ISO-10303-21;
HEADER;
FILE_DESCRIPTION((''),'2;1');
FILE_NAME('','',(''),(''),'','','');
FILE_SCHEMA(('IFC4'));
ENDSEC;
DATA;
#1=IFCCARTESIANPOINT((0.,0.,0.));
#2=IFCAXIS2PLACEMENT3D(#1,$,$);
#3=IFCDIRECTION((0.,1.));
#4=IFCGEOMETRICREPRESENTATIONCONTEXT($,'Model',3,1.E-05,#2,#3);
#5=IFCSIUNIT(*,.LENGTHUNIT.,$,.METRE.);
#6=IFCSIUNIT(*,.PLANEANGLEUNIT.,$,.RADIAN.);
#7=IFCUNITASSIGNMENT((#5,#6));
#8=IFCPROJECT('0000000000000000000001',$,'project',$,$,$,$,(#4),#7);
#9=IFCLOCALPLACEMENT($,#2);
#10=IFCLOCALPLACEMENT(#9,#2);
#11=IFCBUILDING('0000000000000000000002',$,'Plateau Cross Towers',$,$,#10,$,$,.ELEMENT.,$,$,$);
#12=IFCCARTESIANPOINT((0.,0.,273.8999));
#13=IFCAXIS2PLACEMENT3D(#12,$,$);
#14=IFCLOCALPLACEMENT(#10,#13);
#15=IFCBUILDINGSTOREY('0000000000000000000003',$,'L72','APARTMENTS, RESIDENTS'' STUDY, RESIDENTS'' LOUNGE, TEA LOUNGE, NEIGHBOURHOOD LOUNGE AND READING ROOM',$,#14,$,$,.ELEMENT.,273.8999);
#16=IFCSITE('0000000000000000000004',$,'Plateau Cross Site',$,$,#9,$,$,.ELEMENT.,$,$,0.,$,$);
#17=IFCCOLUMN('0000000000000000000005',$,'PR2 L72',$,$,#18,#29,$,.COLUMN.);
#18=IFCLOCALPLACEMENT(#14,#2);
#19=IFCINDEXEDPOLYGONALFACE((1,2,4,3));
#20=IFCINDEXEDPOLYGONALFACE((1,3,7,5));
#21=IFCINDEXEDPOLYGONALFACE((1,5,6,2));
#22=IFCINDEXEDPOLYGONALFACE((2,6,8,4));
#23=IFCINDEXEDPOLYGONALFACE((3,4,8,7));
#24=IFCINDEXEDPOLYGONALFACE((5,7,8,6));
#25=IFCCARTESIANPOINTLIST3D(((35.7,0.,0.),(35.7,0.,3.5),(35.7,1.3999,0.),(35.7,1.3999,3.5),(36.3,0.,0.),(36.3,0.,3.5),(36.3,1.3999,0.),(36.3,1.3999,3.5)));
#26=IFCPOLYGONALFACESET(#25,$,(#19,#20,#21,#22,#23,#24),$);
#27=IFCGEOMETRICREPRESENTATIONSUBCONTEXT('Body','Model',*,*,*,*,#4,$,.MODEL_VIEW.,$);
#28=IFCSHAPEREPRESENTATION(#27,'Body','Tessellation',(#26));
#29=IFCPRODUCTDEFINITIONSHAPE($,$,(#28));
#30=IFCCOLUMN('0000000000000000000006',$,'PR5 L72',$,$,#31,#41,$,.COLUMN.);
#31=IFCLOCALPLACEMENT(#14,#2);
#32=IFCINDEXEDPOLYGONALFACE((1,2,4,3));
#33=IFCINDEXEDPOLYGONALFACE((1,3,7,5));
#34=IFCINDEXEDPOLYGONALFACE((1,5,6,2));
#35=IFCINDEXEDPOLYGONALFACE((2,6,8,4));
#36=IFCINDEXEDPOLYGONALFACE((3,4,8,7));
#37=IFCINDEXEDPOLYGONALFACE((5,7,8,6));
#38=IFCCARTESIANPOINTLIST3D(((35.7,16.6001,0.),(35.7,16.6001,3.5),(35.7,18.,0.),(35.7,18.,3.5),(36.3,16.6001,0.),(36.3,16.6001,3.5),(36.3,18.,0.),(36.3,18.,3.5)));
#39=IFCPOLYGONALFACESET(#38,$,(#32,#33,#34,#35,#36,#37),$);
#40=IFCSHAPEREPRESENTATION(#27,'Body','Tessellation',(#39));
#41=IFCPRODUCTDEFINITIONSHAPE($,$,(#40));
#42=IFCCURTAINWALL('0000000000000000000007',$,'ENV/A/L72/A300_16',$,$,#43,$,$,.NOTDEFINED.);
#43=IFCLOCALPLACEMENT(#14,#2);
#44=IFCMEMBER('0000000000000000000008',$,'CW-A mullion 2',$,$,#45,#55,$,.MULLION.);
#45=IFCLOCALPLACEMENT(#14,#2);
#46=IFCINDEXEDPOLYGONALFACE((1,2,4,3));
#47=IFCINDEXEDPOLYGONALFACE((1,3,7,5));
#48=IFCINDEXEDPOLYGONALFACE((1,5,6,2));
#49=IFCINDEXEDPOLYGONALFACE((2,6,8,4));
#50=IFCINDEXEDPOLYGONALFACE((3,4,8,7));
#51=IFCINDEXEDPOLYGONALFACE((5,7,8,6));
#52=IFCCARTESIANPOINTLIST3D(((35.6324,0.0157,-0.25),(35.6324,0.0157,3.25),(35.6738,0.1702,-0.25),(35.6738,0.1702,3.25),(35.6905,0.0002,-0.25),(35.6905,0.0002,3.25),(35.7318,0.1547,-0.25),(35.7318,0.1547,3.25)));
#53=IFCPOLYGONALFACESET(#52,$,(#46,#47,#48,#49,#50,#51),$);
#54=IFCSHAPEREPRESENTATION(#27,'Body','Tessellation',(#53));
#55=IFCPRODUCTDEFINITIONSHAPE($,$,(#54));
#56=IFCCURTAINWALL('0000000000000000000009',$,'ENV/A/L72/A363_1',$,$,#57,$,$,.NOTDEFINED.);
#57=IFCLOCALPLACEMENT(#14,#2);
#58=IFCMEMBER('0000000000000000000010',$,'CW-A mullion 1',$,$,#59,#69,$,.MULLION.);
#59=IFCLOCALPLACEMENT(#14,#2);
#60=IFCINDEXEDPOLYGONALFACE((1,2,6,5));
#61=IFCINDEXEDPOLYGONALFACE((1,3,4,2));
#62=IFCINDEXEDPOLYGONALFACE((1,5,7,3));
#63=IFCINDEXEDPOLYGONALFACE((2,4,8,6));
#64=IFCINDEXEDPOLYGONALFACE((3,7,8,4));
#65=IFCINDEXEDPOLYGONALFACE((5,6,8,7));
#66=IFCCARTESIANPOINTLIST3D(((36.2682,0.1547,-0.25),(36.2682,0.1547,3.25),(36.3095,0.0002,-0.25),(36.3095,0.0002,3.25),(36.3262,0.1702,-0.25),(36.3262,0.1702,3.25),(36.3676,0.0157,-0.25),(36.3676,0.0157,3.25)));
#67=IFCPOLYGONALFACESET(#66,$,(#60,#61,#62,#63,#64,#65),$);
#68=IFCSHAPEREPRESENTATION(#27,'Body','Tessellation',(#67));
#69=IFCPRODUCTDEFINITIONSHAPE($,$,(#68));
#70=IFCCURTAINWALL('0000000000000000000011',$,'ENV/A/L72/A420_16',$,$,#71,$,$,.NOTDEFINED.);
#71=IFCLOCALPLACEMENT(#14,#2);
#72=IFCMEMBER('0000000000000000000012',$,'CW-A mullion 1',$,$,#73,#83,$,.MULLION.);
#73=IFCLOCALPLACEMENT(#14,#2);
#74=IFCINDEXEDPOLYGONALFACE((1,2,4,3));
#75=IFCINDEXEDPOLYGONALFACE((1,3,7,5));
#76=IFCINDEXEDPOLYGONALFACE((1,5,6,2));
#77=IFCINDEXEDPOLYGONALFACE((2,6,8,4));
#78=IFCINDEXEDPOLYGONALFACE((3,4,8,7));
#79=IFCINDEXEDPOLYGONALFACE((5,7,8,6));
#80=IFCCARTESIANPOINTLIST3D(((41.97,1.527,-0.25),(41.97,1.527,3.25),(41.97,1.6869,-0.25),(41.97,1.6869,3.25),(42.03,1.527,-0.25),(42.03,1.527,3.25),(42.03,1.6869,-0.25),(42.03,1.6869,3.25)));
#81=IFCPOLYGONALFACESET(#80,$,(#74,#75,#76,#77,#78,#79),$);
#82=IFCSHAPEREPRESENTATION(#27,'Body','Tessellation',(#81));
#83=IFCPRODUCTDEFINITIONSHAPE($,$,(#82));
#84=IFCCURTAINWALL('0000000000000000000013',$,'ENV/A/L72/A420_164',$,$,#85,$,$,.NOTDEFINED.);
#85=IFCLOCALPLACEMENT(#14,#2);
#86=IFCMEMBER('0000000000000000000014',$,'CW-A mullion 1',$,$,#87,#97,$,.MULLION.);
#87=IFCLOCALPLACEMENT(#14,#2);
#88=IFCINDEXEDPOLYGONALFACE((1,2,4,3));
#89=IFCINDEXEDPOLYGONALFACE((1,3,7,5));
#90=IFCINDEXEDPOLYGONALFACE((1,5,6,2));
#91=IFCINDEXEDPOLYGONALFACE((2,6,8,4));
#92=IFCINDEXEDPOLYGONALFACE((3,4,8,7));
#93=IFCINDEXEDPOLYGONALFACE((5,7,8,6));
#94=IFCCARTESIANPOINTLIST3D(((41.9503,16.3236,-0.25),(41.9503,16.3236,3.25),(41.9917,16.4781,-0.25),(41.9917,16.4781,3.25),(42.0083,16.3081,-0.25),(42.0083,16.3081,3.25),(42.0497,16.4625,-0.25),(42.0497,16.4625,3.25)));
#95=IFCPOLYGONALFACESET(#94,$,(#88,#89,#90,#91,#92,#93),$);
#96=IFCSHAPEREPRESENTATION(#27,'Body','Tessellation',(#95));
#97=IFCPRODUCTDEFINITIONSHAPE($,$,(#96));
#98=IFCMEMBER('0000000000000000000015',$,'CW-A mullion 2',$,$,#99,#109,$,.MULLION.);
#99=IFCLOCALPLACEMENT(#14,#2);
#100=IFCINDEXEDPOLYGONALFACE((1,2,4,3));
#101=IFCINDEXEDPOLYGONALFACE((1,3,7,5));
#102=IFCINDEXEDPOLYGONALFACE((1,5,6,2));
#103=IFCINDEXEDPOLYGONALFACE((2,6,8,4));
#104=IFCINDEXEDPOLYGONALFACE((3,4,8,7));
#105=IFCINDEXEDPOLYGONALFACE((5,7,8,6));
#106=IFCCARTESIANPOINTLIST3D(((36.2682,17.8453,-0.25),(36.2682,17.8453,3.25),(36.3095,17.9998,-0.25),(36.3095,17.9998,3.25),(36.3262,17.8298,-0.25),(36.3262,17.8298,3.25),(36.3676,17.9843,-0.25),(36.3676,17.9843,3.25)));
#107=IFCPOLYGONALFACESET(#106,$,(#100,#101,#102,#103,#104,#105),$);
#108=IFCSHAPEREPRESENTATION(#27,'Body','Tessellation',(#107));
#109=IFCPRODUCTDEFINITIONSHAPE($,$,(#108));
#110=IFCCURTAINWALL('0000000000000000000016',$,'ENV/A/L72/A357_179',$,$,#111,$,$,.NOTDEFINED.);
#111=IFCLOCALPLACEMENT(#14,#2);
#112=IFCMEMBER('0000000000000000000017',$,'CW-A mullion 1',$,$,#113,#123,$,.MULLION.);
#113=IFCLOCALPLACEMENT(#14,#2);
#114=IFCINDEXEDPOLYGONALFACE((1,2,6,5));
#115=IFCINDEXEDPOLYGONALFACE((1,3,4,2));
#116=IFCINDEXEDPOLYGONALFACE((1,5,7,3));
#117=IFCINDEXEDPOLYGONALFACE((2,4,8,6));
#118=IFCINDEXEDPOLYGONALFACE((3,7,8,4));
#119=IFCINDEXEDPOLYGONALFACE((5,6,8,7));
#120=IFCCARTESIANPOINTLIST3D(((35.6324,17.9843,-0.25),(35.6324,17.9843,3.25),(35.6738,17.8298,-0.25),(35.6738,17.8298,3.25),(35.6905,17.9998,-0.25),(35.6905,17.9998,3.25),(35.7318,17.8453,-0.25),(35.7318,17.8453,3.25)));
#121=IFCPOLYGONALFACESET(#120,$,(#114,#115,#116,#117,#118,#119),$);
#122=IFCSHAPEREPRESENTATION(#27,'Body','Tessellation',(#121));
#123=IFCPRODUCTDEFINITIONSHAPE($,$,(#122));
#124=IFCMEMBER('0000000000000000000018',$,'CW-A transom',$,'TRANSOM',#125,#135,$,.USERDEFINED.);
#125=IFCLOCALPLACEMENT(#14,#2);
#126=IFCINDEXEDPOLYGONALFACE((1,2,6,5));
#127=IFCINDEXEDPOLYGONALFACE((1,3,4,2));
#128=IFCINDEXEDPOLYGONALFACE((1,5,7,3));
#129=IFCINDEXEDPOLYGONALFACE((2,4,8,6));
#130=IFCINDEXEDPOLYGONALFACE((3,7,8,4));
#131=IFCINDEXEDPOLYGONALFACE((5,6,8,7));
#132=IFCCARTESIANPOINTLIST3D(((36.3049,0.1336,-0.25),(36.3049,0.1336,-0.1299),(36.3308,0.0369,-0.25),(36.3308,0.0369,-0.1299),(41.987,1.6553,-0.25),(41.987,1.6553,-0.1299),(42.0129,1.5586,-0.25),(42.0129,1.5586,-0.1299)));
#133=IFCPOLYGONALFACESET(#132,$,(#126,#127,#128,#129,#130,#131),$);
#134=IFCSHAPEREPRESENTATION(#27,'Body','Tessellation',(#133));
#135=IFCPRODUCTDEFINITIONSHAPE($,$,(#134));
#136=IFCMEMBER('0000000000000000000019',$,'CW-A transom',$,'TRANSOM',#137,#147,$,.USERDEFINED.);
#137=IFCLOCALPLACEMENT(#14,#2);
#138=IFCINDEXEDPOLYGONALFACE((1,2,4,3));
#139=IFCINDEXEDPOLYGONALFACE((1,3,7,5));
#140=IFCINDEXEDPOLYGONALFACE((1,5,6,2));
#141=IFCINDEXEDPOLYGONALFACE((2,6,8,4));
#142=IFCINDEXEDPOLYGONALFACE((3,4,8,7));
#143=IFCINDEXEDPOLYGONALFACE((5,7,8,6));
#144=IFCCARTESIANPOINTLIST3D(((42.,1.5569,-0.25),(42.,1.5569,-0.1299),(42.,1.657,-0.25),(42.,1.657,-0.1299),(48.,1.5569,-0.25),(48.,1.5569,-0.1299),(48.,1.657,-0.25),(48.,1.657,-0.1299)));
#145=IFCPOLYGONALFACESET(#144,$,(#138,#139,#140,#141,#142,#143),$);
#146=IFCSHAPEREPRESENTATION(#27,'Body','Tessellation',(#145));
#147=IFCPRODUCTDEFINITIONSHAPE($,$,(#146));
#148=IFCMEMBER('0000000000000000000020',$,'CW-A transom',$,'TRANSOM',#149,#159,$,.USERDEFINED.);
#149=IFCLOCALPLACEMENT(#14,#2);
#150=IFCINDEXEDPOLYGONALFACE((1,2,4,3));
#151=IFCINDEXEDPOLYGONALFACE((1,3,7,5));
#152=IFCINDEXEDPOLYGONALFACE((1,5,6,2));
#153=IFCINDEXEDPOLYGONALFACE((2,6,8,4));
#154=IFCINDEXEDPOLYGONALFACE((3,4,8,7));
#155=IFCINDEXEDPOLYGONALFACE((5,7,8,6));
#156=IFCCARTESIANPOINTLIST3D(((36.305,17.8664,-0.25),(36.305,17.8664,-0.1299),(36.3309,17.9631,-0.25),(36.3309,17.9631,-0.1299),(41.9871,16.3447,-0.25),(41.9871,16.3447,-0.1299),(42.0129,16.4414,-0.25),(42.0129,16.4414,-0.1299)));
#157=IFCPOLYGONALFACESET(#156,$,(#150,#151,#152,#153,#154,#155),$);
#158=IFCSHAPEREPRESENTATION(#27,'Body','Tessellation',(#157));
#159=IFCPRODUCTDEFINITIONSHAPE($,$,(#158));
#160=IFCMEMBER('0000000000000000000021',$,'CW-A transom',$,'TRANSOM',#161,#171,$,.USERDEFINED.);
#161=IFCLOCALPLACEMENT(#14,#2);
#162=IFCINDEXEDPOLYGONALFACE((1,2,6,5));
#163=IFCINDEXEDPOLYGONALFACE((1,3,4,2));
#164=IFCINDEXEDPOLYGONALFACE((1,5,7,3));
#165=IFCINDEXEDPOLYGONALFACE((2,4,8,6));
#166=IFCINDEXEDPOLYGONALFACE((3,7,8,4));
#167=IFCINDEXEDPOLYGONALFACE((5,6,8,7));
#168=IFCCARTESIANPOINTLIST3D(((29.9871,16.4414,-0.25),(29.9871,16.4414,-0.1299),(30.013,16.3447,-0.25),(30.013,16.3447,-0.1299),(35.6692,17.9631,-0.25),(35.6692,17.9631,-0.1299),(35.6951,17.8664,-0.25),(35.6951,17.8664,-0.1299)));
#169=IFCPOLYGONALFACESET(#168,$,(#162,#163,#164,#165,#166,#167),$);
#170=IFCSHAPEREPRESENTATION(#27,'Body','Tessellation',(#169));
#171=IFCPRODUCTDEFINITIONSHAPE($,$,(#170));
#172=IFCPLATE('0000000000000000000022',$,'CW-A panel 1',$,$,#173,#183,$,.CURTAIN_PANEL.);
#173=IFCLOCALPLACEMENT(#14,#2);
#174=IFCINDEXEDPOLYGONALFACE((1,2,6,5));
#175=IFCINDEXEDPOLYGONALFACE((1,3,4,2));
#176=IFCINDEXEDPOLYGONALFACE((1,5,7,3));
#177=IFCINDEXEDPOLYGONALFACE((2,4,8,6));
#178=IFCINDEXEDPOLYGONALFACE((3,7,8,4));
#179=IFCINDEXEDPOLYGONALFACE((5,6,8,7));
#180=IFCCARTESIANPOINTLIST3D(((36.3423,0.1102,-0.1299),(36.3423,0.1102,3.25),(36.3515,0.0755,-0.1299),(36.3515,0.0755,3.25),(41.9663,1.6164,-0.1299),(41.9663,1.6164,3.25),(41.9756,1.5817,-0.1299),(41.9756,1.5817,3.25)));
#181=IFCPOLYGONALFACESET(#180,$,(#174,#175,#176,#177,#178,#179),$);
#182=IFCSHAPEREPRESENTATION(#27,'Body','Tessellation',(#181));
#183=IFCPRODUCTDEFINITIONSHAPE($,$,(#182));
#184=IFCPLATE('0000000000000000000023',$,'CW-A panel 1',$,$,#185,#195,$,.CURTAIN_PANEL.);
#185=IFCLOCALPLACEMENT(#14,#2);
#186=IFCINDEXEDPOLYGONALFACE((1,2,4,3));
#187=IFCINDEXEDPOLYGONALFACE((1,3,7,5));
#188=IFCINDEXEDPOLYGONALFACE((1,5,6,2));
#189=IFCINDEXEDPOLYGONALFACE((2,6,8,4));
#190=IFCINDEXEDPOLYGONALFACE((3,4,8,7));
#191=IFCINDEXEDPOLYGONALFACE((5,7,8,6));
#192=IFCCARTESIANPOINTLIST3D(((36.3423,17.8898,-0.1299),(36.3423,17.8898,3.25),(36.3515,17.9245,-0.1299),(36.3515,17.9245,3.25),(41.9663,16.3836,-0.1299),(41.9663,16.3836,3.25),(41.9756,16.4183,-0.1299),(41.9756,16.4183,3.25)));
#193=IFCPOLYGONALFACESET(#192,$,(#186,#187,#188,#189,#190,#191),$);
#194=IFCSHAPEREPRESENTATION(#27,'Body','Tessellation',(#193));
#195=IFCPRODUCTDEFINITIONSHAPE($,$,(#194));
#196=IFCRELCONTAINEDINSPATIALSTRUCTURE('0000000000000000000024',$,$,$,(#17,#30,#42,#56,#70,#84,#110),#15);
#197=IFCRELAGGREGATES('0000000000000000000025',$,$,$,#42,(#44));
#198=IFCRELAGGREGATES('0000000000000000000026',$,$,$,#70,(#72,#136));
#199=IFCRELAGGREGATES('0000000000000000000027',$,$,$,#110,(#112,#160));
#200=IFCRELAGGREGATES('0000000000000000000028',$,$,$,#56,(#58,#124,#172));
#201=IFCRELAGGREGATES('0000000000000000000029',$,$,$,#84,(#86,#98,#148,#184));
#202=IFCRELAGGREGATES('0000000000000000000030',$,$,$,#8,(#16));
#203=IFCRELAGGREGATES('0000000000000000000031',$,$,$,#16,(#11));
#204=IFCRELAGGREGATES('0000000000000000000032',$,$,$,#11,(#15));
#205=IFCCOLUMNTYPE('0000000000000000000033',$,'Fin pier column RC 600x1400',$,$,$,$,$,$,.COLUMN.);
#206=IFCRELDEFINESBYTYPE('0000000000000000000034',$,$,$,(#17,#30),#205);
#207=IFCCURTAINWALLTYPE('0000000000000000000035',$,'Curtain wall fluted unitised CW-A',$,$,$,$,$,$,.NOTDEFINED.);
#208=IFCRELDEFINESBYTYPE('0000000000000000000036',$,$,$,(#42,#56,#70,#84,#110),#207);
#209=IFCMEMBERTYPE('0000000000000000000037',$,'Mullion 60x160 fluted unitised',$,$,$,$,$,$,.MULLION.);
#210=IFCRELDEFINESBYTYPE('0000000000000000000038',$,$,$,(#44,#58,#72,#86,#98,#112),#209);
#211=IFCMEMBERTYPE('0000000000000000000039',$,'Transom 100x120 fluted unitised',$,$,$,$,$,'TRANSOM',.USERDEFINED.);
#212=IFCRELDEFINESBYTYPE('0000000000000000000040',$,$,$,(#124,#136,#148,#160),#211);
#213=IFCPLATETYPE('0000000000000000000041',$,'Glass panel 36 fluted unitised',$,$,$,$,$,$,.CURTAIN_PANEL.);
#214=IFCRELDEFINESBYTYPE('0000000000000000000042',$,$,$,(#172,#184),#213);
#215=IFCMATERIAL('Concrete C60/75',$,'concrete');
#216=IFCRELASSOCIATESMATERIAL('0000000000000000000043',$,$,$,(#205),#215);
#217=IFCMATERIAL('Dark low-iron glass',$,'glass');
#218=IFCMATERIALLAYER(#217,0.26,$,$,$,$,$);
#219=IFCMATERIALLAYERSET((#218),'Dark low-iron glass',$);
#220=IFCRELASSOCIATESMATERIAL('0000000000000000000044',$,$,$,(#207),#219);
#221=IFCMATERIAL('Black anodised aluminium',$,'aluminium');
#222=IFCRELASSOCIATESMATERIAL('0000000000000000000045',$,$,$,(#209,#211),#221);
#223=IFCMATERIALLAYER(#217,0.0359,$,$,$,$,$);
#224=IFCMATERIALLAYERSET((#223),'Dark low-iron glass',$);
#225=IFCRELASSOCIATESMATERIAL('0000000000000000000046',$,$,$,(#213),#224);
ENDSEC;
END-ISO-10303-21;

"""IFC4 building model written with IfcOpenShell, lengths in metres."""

from ifc_helpers import new_model, si_unit, direction, frame, origin, origin_2d, place, context, subcontext, project, spatial, rectangle, extrude, material, layer, layer_set, material_profile, profile_set, type_object, element, aggregate, save


model = new_model("IFC4")

# Units and contexts
model_context = context("Model", 3, precision=1e-05, world=origin(), true_north=direction((0.0, 1.0)))
body_context = subcontext(model_context, "Body", "Model", "MODEL_VIEW")
ifc_project = project(units=[si_unit("LENGTHUNIT", "METRE"), si_unit("PLANEANGLEUNIT", "RADIAN")], contexts=[model_context])

# Site, building, storey
site_placement = place(None, origin())
site = spatial("IfcSite", under=ifc_project, at=site_placement, Name="Plateau Cross Site", CompositionType="ELEMENT", RefElevation=0.0)
building_placement = place(site_placement, origin())
building = spatial("IfcBuilding", under=site, at=building_placement, Name="Plateau Cross Towers", CompositionType="ELEMENT")
storey_placement = place(building_placement, frame((0.0, 0.0, 273.8999)))
storey = spatial("IfcBuildingStorey", under=building, at=storey_placement, Name="L72", Description="APARTMENTS, RESIDENTS' STUDY, RESIDENTS' LOUNGE, TEA LOUNGE, NEIGHBOURHOOD LOUNGE AND READING ROOM", CompositionType="ELEMENT", Elevation=273.8999)

# Columns
ifc_material_1 = material(Name="Concrete C60/75", Category="concrete")
ifc_material_profile_1 = material_profile(ifc_material_1, rectangle(XDim=0.6001, YDim=1.3999, at=origin_2d()), Name="RC 600x1400")
ifc_profile_set_1 = profile_set([ifc_material_profile_1], Name="Concrete C60/75")
column_type = type_object("IfcColumnType", Name="Fin pier column RC 600x1400", PredefinedType="COLUMN", material=ifc_profile_set_1)
for number, where, z_axis, x_axis, name in (
    (1, (36.0, 0.7, 0.0), (0.0, 0.0, 1.0), (1.0, 0.0, 0.0), "PR2 L72"),
    (2, (36.0, 17.3, 0.0), (0.0, 0.0, 1.0), (1.0, 0.0, 0.0), "PR5 L72"),
):
    element("IfcColumn", number, at=place(storey_placement, frame(where, z_axis=z_axis, x_axis=x_axis)), inside=storey, type_object=column_type, Name=name, PredefinedType="COLUMN", context=body_context, shape_type="SweptSolid", body=[
        extrude(rectangle(XDim=0.6001, YDim=1.3999, at=origin_2d()), origin(), (0.0, 0.0, 1.0), 3.5),
    ])

# Curtain walls, members
ifc_material_2 = material(Name="Dark low-iron glass", Category="glass")
ifc_layer_1 = layer(ifc_material_2, 0.26)
ifc_layer_set_1 = layer_set([ifc_layer_1], Name="Dark low-iron glass")
curtain_wall_type = type_object("IfcCurtainWallType", Name="Curtain wall fluted unitised CW-A", PredefinedType="NOTDEFINED", material=ifc_layer_set_1)
curtain_wall_1_placement = place(storey_placement, origin())
curtain_wall_1 = element("IfcCurtainWall", 3, at=curtain_wall_1_placement, inside=storey, type_object=curtain_wall_type, Name="ENV/A/L72/A300_16", PredefinedType="NOTDEFINED")
ifc_material_3 = material(Name="Black anodised aluminium", Category="aluminium")
ifc_material_profile_2 = material_profile(ifc_material_3, rectangle(XDim=0.0601, YDim=0.1599, at=origin_2d()), Name="MULLION 60x160")
ifc_profile_set_2 = profile_set([ifc_material_profile_2], Name="Black anodised aluminium")
member_type_1 = type_object("IfcMemberType", Name="Mullion 60x160 fluted unitised", PredefinedType="MULLION", material=ifc_profile_set_2)
member_1_placement = place(storey_placement, frame((35.6821, 0.0852, -0.25), z_axis=(0.0, 0.0, 1.0), x_axis=(0.965958, -0.258699, 0.0)))
member_1 = element("IfcMember", 4, at=member_1_placement, type_object=member_type_1, Name="CW-A mullion 2", PredefinedType="MULLION", context=body_context, shape_type="SweptSolid", body=[
    extrude(rectangle(XDim=0.0601, YDim=0.1599, at=origin_2d()), origin(), (0.0, 0.0, 1.0), 3.5),
])
aggregate(curtain_wall_1, [member_1])
curtain_wall_2_placement = place(storey_placement, origin())
curtain_wall_2 = element("IfcCurtainWall", 5, at=curtain_wall_2_placement, inside=storey, type_object=curtain_wall_type, Name="ENV/A/L72/A363_1", PredefinedType="NOTDEFINED")
member_2_placement = place(storey_placement, frame((36.3179, 0.0852, -0.25), z_axis=(0.0, 0.0, 1.0), x_axis=(0.965958, 0.258699, 0.0)))
member_2 = element("IfcMember", 6, at=member_2_placement, type_object=member_type_1, Name="CW-A mullion 1", PredefinedType="MULLION", context=body_context, shape_type="SweptSolid", body=[
    extrude(rectangle(XDim=0.0601, YDim=0.1599, at=origin_2d()), origin(), (0.0, 0.0, 1.0), 3.5),
])
curtain_wall_3_placement = place(storey_placement, origin())
curtain_wall_3 = element("IfcCurtainWall", 7, at=curtain_wall_3_placement, inside=storey, type_object=curtain_wall_type, Name="ENV/A/L72/A420_16", PredefinedType="NOTDEFINED")
member_3_placement = place(storey_placement, frame((42.0, 1.6069, -0.25), z_axis=(0.0, 0.0, 1.0), x_axis=(1.0, 0.0, 0.0)))
member_3 = element("IfcMember", 8, at=member_3_placement, type_object=member_type_1, Name="CW-A mullion 1", PredefinedType="MULLION", context=body_context, shape_type="SweptSolid", body=[
    extrude(rectangle(XDim=0.0601, YDim=0.1599, at=origin_2d()), origin(), (0.0, 0.0, 1.0), 3.5),
])

# Curtain wall, members
curtain_wall_4_placement = place(storey_placement, origin())
curtain_wall_4 = element("IfcCurtainWall", 9, at=curtain_wall_4_placement, inside=storey, type_object=curtain_wall_type, Name="ENV/A/L72/A420_164", PredefinedType="NOTDEFINED")
member_4_placement = place(storey_placement, frame((42.0, 16.3931, -0.25), z_axis=(0.0, 0.0, 1.0), x_axis=(-0.965958, 0.258699, 0.0)))
member_4 = element("IfcMember", 10, at=member_4_placement, type_object=member_type_1, Name="CW-A mullion 1", PredefinedType="MULLION", context=body_context, shape_type="SweptSolid", body=[
    extrude(rectangle(XDim=0.0601, YDim=0.1599, at=origin_2d()), origin(), (0.0, 0.0, 1.0), 3.5),
])
member_5_placement = place(storey_placement, frame((36.3179, 17.9148, -0.25), z_axis=(0.0, 0.0, 1.0), x_axis=(-0.965958, 0.258699, 0.0)))
member_5 = element("IfcMember", 11, at=member_5_placement, type_object=member_type_1, Name="CW-A mullion 2", PredefinedType="MULLION", context=body_context, shape_type="SweptSolid", body=[
    extrude(rectangle(XDim=0.0601, YDim=0.1599, at=origin_2d()), origin(), (0.0, 0.0, 1.0), 3.5),
])

# Curtain wall, member
curtain_wall_5_placement = place(storey_placement, origin())
curtain_wall_5 = element("IfcCurtainWall", 12, at=curtain_wall_5_placement, inside=storey, type_object=curtain_wall_type, Name="ENV/A/L72/A357_179", PredefinedType="NOTDEFINED")
member_6_placement = place(storey_placement, frame((35.6821, 17.9148, -0.25), z_axis=(0.0, 0.0, 1.0), x_axis=(-0.965958, -0.258699, 0.0)))
member_6 = element("IfcMember", 13, at=member_6_placement, type_object=member_type_1, Name="CW-A mullion 1", PredefinedType="MULLION", context=body_context, shape_type="SweptSolid", body=[
    extrude(rectangle(XDim=0.0601, YDim=0.1599, at=origin_2d()), origin(), (0.0, 0.0, 1.0), 3.5),
])

# Members
ifc_material_profile_3 = material_profile(ifc_material_3, rectangle(XDim=0.1001, YDim=0.1201, at=origin_2d()), Name="TRANSOM 100x120")
ifc_profile_set_3 = profile_set([ifc_material_profile_3], Name="Black anodised aluminium")
member_type_2 = type_object("IfcMemberType", Name="Transom 100x120 fluted unitised", ElementType="TRANSOM", PredefinedType="USERDEFINED", material=ifc_profile_set_3)
member_7_placement = place(storey_placement, frame((36.3179, 0.0852, -0.1899), z_axis=(0.96596, 0.258693, 0.0), x_axis=(-0.258693, 0.96596, 0.0)))
member_7 = element("IfcMember", 14, at=member_7_placement, type_object=member_type_2, Name="CW-A transom", ObjectType="TRANSOM", PredefinedType="USERDEFINED", context=body_context, shape_type="SweptSolid", body=[
    extrude(rectangle(XDim=0.1001, YDim=0.1201, at=origin_2d()), origin(), (0.0, 0.0, 1.0), 5.8823),
])
member_8_placement = place(storey_placement, frame((42.0, 1.6069, -0.1899), z_axis=(1.0, 0.0, 0.0), x_axis=(0.0, 1.0, 0.0)))
member_8 = element("IfcMember", 15, at=member_8_placement, type_object=member_type_2, Name="CW-A transom", ObjectType="TRANSOM", PredefinedType="USERDEFINED", context=body_context, shape_type="SweptSolid", body=[
    extrude(rectangle(XDim=0.1001, YDim=0.1201, at=origin_2d()), origin(), (0.0, 0.0, 1.0), 6.0),
])
aggregate(curtain_wall_3, [member_3, member_8])
member_9_placement = place(storey_placement, frame((42.0, 16.3931, -0.1899), z_axis=(-0.96596, 0.258693, 0.0), x_axis=(-0.258693, -0.96596, 0.0)))
member_9 = element("IfcMember", 16, at=member_9_placement, type_object=member_type_2, Name="CW-A transom", ObjectType="TRANSOM", PredefinedType="USERDEFINED", context=body_context, shape_type="SweptSolid", body=[
    extrude(rectangle(XDim=0.1001, YDim=0.1201, at=origin_2d()), origin(), (0.0, 0.0, 1.0), 5.8823),
])
member_10_placement = place(storey_placement, frame((35.6821, 17.9148, -0.1899), z_axis=(-0.96596, -0.258693, 0.0), x_axis=(0.258693, -0.96596, 0.0)))
member_10 = element("IfcMember", 17, at=member_10_placement, type_object=member_type_2, Name="CW-A transom", ObjectType="TRANSOM", PredefinedType="USERDEFINED", context=body_context, shape_type="SweptSolid", body=[
    extrude(rectangle(XDim=0.1001, YDim=0.1201, at=origin_2d()), origin(), (0.0, 0.0, 1.0), 5.8823),
])
aggregate(curtain_wall_5, [member_6, member_10])

# Plates
ifc_layer_2 = layer(ifc_material_2, 0.0359)
ifc_layer_set_2 = layer_set([ifc_layer_2], Name="Dark low-iron glass")
plate_type = type_object("IfcPlateType", Name="Glass panel 36 fluted unitised", PredefinedType="CURTAIN_PANEL", material=ifc_layer_set_2)
plate_1_placement = place(storey_placement, frame((39.1589, 0.8459, -0.1299), z_axis=(0.0, 0.0, 1.0), x_axis=(0.965958, 0.258699, 0.0)))
plate_1 = element("IfcPlate", 18, at=plate_1_placement, type_object=plate_type, Name="CW-A panel 1", PredefinedType="CURTAIN_PANEL", context=body_context, shape_type="SweptSolid", body=[
    extrude(rectangle(XDim=5.8223, YDim=0.0359, at=origin_2d()), origin(), (0.0, 0.0, 1.0), 3.3799),
])
aggregate(curtain_wall_2, [member_2, member_7, plate_1])
plate_2_placement = place(storey_placement, frame((39.1589, 17.1541, -0.1299), z_axis=(0.0, 0.0, 1.0), x_axis=(-0.965958, 0.258699, 0.0)))
plate_2 = element("IfcPlate", 19, at=plate_2_placement, type_object=plate_type, Name="CW-A panel 1", PredefinedType="CURTAIN_PANEL", context=body_context, shape_type="SweptSolid", body=[
    extrude(rectangle(XDim=5.8223, YDim=0.0359, at=origin_2d()), origin(), (0.0, 0.0, 1.0), 3.3799),
])
aggregate(curtain_wall_4, [member_4, member_5, member_9, plate_2])

save(model, "model.ifc")
